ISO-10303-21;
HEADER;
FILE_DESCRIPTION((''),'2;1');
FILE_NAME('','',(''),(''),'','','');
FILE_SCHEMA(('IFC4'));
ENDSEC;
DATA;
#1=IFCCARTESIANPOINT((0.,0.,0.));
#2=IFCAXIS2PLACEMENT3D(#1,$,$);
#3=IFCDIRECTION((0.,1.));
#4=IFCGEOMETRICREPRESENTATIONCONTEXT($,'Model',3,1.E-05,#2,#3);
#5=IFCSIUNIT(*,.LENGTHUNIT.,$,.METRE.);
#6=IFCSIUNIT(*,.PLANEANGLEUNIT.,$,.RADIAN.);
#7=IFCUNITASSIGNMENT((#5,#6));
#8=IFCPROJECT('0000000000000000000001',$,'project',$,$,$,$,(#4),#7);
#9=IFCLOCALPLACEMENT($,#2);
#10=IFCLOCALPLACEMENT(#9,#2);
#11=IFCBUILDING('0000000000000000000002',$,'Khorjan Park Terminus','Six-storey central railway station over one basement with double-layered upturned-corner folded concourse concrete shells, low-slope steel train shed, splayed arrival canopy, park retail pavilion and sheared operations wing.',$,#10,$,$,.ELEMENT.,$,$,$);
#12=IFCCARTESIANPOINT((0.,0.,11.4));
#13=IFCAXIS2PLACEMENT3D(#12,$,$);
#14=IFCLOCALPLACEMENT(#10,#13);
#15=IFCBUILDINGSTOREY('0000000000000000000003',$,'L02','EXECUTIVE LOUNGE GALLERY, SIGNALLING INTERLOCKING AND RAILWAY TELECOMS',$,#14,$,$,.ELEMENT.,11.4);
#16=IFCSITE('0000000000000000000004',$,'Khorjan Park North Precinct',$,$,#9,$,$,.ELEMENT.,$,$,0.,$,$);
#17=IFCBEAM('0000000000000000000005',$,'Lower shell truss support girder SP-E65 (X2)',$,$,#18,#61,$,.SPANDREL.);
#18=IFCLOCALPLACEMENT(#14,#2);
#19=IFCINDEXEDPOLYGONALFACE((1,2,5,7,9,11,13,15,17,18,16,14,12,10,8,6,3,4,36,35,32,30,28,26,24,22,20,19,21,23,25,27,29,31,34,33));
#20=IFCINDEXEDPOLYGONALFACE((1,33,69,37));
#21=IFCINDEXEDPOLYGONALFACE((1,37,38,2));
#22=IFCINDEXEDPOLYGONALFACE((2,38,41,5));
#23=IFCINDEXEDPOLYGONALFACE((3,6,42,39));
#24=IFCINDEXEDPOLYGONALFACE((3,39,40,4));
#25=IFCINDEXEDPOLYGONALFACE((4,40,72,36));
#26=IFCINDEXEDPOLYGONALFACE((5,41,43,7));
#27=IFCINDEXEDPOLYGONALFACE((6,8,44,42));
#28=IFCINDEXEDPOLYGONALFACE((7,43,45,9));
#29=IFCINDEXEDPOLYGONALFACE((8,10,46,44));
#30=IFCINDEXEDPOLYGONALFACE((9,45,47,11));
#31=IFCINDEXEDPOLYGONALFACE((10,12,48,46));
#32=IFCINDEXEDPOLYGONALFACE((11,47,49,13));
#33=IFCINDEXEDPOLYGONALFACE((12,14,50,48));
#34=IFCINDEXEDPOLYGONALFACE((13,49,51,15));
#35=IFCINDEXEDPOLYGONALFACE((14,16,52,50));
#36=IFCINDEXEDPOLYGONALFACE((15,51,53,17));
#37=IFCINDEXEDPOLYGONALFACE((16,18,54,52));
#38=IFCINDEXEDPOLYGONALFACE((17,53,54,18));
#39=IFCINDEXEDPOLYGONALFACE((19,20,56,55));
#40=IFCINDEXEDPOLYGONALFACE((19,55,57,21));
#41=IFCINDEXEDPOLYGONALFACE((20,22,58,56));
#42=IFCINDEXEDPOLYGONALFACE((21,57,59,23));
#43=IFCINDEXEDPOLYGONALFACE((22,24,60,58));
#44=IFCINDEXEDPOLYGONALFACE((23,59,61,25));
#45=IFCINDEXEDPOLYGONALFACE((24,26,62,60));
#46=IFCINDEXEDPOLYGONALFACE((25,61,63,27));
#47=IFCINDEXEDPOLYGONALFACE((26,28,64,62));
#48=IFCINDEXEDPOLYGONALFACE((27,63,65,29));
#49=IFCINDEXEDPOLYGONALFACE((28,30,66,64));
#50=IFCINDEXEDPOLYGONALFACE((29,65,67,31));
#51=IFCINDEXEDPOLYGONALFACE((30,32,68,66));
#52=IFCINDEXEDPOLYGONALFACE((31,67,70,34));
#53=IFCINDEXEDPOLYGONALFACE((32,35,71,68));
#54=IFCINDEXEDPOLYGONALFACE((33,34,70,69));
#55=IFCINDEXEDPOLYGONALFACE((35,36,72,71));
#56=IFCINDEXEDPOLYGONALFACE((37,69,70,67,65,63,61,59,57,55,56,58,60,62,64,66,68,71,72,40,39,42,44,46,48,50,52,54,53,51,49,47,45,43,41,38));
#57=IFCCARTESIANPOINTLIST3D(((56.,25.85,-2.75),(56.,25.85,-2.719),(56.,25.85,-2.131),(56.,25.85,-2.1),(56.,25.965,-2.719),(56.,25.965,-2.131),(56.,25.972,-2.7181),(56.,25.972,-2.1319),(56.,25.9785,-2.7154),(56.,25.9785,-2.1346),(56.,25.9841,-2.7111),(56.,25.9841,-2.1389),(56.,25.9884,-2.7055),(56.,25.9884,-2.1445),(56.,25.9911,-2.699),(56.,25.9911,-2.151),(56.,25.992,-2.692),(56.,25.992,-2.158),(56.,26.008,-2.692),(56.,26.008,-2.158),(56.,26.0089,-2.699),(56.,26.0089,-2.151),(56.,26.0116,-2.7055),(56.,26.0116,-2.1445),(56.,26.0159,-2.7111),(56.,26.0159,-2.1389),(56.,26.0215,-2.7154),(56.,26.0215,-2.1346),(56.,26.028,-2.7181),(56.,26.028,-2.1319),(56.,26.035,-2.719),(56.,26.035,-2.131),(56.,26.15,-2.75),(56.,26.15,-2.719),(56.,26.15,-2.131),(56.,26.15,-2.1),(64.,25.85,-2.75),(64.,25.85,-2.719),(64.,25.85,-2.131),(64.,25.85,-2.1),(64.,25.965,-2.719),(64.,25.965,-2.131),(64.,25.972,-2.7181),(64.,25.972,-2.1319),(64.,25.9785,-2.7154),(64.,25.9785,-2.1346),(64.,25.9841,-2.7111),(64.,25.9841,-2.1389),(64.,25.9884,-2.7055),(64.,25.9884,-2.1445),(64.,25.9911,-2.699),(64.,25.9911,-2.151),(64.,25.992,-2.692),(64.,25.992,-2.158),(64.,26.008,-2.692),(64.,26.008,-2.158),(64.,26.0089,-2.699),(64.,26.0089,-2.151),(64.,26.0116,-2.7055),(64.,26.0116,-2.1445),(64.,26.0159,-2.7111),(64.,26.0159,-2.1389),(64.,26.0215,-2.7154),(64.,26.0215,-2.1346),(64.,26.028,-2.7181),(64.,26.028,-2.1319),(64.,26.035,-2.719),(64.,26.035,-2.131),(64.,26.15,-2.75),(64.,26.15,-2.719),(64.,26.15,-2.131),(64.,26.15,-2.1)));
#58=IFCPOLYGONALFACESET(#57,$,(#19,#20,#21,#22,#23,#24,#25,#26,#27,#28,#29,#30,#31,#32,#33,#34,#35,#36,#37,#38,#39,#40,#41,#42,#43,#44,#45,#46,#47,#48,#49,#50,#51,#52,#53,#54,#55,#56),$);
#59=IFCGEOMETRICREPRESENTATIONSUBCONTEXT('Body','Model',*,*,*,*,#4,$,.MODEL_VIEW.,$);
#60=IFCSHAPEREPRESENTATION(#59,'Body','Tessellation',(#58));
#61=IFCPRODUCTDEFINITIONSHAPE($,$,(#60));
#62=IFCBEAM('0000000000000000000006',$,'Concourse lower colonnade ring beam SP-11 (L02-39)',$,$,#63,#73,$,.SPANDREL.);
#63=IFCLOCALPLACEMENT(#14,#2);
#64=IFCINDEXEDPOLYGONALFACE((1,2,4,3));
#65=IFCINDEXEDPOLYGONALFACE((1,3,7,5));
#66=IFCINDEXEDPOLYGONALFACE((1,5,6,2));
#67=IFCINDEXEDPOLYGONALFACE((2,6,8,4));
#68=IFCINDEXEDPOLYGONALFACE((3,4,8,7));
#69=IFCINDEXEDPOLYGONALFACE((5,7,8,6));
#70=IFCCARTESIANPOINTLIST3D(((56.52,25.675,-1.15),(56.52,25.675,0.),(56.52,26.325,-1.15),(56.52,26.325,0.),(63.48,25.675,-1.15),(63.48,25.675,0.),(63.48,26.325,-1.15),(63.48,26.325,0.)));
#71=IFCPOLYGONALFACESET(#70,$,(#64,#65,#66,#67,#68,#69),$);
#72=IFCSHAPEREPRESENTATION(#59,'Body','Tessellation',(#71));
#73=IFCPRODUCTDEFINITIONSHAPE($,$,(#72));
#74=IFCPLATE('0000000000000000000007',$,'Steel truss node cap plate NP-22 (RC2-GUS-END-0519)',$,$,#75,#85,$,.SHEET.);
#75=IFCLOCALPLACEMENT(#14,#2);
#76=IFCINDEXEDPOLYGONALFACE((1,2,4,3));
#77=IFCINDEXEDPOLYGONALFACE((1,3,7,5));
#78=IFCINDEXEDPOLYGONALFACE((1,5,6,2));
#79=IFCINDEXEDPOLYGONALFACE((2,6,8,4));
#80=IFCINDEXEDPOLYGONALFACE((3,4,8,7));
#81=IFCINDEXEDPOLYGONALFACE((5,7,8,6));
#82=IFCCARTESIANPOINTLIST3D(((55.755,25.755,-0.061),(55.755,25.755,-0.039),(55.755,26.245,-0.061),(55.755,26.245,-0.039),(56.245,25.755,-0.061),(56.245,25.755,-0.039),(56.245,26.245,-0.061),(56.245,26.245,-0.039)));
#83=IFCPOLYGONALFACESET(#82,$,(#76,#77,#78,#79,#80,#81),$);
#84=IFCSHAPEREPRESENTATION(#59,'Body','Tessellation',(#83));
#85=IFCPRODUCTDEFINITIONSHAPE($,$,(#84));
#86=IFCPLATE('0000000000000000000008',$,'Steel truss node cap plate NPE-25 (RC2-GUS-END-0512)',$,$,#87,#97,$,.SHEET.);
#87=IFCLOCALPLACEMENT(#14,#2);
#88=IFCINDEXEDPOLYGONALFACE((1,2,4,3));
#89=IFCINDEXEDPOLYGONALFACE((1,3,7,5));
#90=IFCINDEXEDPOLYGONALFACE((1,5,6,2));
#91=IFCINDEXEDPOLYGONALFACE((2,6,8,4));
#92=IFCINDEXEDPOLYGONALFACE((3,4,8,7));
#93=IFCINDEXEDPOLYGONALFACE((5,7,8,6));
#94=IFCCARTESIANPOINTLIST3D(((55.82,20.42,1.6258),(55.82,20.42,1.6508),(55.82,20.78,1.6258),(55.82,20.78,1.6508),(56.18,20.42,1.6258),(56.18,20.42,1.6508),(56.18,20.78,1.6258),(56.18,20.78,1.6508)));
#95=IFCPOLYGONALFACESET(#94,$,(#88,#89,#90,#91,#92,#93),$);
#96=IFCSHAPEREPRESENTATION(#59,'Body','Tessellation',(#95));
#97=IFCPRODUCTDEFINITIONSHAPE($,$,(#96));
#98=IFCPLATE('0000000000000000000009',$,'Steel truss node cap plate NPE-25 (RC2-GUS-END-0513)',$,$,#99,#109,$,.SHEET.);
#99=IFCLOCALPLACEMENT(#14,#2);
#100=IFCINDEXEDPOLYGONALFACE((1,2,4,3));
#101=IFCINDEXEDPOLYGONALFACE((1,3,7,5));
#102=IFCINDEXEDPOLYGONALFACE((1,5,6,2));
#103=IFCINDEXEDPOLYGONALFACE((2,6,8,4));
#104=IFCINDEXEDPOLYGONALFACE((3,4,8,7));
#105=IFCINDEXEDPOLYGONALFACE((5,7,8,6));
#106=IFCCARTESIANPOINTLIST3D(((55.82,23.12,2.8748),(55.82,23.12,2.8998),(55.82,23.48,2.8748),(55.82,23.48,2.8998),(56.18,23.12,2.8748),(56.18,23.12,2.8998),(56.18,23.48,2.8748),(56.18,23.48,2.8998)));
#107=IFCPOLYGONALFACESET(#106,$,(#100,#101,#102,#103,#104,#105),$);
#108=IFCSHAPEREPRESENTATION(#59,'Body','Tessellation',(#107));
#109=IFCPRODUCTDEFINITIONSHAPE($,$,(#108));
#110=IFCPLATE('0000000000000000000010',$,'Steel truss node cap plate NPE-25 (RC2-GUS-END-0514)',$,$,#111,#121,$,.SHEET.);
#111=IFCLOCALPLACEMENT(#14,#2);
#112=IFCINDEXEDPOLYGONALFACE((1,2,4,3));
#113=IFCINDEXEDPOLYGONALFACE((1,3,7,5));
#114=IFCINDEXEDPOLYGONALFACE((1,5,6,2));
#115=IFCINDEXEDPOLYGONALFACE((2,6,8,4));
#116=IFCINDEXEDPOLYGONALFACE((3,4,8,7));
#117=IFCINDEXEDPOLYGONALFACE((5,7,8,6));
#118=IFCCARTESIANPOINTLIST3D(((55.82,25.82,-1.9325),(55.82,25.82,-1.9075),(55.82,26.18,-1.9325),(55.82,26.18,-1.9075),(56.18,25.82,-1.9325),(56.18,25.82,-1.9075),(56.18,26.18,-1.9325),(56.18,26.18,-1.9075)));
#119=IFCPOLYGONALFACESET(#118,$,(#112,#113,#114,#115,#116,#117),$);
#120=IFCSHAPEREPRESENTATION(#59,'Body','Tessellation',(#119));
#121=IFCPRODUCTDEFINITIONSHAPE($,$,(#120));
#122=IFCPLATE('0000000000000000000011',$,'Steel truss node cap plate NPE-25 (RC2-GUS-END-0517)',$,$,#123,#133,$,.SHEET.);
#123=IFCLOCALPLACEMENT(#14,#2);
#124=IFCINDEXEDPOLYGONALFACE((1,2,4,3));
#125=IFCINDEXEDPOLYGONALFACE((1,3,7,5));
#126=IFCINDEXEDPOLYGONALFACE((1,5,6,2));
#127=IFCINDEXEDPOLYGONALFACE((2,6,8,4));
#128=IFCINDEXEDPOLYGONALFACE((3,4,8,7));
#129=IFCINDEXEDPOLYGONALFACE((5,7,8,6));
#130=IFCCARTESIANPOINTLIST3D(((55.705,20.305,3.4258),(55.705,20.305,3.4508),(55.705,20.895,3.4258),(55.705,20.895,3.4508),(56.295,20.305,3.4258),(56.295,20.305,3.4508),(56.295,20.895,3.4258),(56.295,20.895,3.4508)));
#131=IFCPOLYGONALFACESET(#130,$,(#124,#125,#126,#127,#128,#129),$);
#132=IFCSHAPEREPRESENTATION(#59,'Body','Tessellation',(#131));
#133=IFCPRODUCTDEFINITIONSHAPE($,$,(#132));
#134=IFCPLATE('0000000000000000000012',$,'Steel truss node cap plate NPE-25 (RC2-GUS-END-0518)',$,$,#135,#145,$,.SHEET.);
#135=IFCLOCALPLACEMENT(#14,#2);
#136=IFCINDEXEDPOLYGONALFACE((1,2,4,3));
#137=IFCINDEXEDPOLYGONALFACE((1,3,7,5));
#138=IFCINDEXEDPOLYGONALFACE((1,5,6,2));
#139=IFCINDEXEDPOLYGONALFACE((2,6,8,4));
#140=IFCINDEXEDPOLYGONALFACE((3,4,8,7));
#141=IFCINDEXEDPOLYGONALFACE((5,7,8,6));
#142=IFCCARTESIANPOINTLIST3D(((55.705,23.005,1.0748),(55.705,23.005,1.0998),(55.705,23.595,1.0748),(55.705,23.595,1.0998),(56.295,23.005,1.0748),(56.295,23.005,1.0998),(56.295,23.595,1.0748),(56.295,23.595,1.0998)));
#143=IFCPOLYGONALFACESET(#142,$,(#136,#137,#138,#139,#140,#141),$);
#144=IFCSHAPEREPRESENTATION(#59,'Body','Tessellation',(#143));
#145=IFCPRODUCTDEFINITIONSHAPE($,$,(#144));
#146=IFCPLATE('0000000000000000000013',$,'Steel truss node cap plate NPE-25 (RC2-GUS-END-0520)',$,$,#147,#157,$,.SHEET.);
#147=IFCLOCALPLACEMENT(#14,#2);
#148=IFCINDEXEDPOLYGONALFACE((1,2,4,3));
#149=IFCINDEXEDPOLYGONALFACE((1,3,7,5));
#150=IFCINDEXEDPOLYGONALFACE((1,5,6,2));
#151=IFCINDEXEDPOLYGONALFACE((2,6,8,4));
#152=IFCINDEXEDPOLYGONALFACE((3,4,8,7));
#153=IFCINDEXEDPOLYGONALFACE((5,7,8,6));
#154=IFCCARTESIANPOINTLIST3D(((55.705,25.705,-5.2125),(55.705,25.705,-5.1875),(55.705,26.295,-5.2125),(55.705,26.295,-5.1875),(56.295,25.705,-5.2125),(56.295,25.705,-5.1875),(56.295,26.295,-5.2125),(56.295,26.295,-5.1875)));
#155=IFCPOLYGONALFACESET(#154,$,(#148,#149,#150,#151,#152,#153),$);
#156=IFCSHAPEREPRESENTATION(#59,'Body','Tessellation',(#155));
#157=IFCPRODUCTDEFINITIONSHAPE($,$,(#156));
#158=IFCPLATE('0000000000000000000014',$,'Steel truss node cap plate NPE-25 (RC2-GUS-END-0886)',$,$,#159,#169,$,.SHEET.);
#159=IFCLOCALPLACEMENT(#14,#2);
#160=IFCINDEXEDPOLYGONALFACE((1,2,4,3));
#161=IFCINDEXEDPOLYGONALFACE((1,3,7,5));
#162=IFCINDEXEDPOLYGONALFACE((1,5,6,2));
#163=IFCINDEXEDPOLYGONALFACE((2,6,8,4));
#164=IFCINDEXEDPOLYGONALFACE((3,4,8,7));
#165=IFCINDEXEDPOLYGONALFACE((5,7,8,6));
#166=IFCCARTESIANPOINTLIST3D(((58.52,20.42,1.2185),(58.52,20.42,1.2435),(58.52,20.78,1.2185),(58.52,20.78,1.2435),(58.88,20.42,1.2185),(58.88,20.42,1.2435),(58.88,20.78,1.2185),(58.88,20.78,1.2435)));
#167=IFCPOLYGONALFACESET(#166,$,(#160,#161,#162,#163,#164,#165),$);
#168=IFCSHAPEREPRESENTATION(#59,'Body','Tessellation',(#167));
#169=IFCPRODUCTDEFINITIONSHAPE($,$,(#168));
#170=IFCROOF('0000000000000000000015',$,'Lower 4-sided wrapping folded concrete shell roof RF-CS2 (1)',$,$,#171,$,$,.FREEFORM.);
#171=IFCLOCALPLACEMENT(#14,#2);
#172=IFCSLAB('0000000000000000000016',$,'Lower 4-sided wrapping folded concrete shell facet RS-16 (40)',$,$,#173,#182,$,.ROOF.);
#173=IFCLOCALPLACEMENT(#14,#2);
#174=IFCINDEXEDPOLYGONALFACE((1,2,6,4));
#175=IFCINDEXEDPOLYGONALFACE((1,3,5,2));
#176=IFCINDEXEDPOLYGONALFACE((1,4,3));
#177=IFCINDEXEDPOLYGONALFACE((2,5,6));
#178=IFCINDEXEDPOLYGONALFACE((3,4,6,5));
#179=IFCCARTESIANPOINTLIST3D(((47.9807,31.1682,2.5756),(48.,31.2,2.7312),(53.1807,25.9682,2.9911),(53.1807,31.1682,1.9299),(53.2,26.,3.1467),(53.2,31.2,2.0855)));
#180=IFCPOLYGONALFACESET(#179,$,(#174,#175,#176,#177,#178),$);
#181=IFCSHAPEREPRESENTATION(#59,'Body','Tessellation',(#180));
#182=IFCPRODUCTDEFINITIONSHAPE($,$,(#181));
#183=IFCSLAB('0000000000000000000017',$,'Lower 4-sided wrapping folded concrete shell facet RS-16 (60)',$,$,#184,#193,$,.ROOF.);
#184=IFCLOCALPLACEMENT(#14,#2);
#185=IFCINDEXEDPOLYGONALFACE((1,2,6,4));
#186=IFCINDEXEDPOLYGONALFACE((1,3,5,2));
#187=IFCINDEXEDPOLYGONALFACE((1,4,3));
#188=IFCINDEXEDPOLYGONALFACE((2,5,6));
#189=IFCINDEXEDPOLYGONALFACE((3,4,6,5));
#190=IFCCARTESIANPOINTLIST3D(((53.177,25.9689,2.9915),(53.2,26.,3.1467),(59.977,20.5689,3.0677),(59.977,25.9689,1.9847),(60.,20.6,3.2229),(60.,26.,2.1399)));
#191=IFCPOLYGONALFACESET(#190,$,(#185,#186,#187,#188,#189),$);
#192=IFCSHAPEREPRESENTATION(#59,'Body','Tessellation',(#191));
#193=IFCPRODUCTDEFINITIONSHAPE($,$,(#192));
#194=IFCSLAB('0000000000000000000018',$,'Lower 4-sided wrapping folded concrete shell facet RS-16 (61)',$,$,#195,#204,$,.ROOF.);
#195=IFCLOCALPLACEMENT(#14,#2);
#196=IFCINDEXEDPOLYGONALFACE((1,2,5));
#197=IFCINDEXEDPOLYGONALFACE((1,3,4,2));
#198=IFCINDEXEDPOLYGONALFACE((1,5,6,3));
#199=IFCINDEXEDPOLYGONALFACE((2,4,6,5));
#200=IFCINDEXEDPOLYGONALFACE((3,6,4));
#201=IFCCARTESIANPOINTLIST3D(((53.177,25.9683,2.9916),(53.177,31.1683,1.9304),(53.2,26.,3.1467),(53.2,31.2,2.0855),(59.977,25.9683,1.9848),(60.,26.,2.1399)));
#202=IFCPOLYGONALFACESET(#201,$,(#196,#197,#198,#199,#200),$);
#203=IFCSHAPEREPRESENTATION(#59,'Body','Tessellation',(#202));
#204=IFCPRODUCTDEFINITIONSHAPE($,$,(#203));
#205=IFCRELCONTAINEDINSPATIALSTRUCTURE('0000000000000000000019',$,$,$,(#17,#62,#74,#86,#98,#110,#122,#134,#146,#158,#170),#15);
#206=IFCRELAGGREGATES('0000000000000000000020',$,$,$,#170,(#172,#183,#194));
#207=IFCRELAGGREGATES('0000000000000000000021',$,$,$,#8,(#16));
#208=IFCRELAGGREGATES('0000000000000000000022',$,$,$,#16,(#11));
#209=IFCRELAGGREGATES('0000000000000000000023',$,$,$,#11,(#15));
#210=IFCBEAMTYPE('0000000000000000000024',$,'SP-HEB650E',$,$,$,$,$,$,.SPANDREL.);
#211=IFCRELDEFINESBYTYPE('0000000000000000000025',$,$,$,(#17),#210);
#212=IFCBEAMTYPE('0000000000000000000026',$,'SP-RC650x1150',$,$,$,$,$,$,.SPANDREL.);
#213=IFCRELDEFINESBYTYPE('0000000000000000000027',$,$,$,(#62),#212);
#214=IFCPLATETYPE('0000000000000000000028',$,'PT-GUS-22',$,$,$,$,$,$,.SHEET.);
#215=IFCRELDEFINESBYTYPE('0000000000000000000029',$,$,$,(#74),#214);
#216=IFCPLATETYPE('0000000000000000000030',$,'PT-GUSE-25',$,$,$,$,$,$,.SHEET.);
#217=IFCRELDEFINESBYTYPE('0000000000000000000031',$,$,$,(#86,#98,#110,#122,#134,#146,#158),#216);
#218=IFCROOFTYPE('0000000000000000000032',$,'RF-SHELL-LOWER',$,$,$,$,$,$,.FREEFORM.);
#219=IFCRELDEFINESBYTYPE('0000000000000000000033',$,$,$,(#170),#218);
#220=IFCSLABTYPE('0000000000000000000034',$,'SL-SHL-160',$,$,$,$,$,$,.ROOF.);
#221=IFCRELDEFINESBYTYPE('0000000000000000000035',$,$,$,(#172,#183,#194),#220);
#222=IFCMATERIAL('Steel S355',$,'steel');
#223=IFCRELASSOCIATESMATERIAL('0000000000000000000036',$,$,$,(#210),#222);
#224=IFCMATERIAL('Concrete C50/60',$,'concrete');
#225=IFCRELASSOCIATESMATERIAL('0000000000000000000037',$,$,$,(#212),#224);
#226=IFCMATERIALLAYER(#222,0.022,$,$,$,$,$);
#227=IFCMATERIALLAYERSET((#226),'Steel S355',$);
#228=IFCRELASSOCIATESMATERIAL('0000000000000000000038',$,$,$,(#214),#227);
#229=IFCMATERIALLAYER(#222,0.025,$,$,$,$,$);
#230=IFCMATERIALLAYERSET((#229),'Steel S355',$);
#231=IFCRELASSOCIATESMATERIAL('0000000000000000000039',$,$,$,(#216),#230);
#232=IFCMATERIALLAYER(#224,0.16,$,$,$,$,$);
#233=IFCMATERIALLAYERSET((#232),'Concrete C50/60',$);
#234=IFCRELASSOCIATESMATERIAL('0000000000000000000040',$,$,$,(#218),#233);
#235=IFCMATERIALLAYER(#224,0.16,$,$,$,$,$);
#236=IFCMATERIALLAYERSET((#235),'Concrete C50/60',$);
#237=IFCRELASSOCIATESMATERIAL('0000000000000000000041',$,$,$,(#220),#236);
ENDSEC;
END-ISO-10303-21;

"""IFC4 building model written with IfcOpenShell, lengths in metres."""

from ifc_helpers import new_model, si_unit, direction, frame, origin, origin_2d, place, context, subcontext, project, spatial, polyline, rectangle, i_section, outline, extrude, material, layer, layer_set, material_profile, profile_set, type_object, element, aggregate, save


model = new_model("IFC4")

# Units and contexts
model_context = context("Model", 3, precision=1e-05, world=origin(), true_north=direction((0.0, 1.0)))
body_context = subcontext(model_context, "Body", "Model", "MODEL_VIEW")
ifc_project = project(units=[si_unit("LENGTHUNIT", "METRE"), si_unit("PLANEANGLEUNIT", "RADIAN")], contexts=[model_context])

# Site, building, storey
site_placement = place(None, origin())
site = spatial("IfcSite", under=ifc_project, at=site_placement, Name="Khorjan Park North Precinct", CompositionType="ELEMENT", RefElevation=0.0)
building_placement = place(site_placement, origin())
building = spatial("IfcBuilding", under=site, at=building_placement, Name="Khorjan Park Terminus", Description="Six-storey central railway station over one basement with double-layered upturned-corner folded concourse concrete shells, low-slope steel train shed, splayed arrival canopy, park retail pavilion and sheared operations wing.", CompositionType="ELEMENT")
storey_placement = place(building_placement, frame((0.0, 0.0, 11.4)))
storey = spatial("IfcBuildingStorey", under=building, at=storey_placement, Name="L02", Description="EXECUTIVE LOUNGE GALLERY, SIGNALLING INTERLOCKING AND RAILWAY TELECOMS", CompositionType="ELEMENT", Elevation=11.4)

# Shared definitions
ifc_material_1 = material(Name="Concrete C50/60", Category="concrete")

# Shared definitions
ifc_material_2 = material(Name="Steel S355", Category="steel")

# Beams
ifc_material_profile_1 = material_profile(ifc_material_2, i_section(OverallWidth=0.3, OverallDepth=0.65, WebThickness=0.016, FlangeThickness=0.031, FilletRadius=0.027, at=origin_2d()), Name="HEB 650")
ifc_profile_set_1 = profile_set([ifc_material_profile_1], Name="Steel S355")
beam_type_1 = type_object("IfcBeamType", Name="SP-HEB650E", PredefinedType="SPANDREL", material=ifc_profile_set_1)
beam_1_placement = place(storey_placement, frame((56.0, 26.0, -2.425), z_axis=(1.0, 0.0, 0.0), x_axis=(0.0, 1.0, 0.0)))
element("IfcBeam", 1, at=beam_1_placement, inside=storey, type_object=beam_type_1, Name="Lower shell truss support girder SP-E65 (X2)", PredefinedType="SPANDREL", context=body_context, shape_type="SweptSolid", body=[
    extrude(i_section(OverallWidth=0.3, OverallDepth=0.65, WebThickness=0.016, FlangeThickness=0.031, FilletRadius=0.027, at=origin_2d()), origin(), (0.0, 0.0, 1.0), 8.0),
])
ifc_material_profile_2 = material_profile(ifc_material_1, rectangle(XDim=0.65, YDim=1.15, at=origin_2d()), Name="RC 650x1150")
ifc_profile_set_2 = profile_set([ifc_material_profile_2], Name="Concrete C50/60")
beam_type_2 = type_object("IfcBeamType", Name="SP-RC650x1150", PredefinedType="SPANDREL", material=ifc_profile_set_2)
beam_2_placement = place(storey_placement, frame((56.52, 26.0, -0.575), z_axis=(1.0, 0.0, 0.0), x_axis=(0.0, 1.0, 0.0)))
element("IfcBeam", 2, at=beam_2_placement, inside=storey, type_object=beam_type_2, Name="Concourse lower colonnade ring beam SP-11 (L02-39)", PredefinedType="SPANDREL", context=body_context, shape_type="SweptSolid", body=[
    extrude(rectangle(XDim=0.65, YDim=1.15, at=origin_2d()), origin(), (0.0, 0.0, 1.0), 6.96),
])

# Plates
ifc_layer_1 = layer(ifc_material_2, 0.022)
ifc_layer_set_1 = layer_set([ifc_layer_1], Name="Steel S355")
plate_type_1 = type_object("IfcPlateType", Name="PT-GUS-22", PredefinedType="SHEET", material=ifc_layer_set_1)
plate_1_placement = place(storey_placement, frame((56.0, 26.0, -0.061), z_axis=(0.0, 0.0, 1.0), x_axis=(1.0, 0.0, 0.0)))
element("IfcPlate", 3, at=plate_1_placement, inside=storey, type_object=plate_type_1, Name="Steel truss node cap plate NP-22 (RC2-GUS-END-0519)", PredefinedType="SHEET", context=body_context, shape_type="SweptSolid", body=[
    extrude(rectangle(XDim=0.49, YDim=0.49, at=origin_2d()), origin(), (0.0, 0.0, 1.0), 0.022),
])
ifc_layer_2 = layer(ifc_material_2, 0.025)
ifc_layer_set_2 = layer_set([ifc_layer_2], Name="Steel S355")
plate_type_2 = type_object("IfcPlateType", Name="PT-GUSE-25", PredefinedType="SHEET", material=ifc_layer_set_2)
for number, where, z_axis, x_axis, name in (
    (4, (56.0, 20.6, 1.6258), (0.0, 0.0, 1.0), (1.0, 0.0, 0.0), "Steel truss node cap plate NPE-25 (RC2-GUS-END-0512)"),
    (5, (56.0, 23.3, 2.8748), (0.0, 0.0, 1.0), (1.0, 0.0, 0.0), "Steel truss node cap plate NPE-25 (RC2-GUS-END-0513)"),
    (6, (56.0, 26.0, -1.9325), (0.0, 0.0, 1.0), (1.0, 0.0, 0.0), "Steel truss node cap plate NPE-25 (RC2-GUS-END-0514)"),
):
    element("IfcPlate", number, at=place(storey_placement, frame(where, z_axis=z_axis, x_axis=x_axis)), inside=storey, type_object=plate_type_2, Name=name, PredefinedType="SHEET", context=body_context, shape_type="SweptSolid", body=[
        extrude(rectangle(XDim=0.36, YDim=0.36, at=origin_2d()), origin(), (0.0, 0.0, 1.0), 0.025),
    ])
for number, where, z_axis, x_axis, name in (
    (7, (56.0, 20.6, 3.4258), (0.0, 0.0, 1.0), (1.0, 0.0, 0.0), "Steel truss node cap plate NPE-25 (RC2-GUS-END-0517)"),
    (8, (56.0, 23.3, 1.0748), (0.0, 0.0, 1.0), (1.0, 0.0, 0.0), "Steel truss node cap plate NPE-25 (RC2-GUS-END-0518)"),
    (9, (56.0, 26.0, -5.2125), (0.0, 0.0, 1.0), (1.0, 0.0, 0.0), "Steel truss node cap plate NPE-25 (RC2-GUS-END-0520)"),
):
    element("IfcPlate", number, at=place(storey_placement, frame(where, z_axis=z_axis, x_axis=x_axis)), inside=storey, type_object=plate_type_2, Name=name, PredefinedType="SHEET", context=body_context, shape_type="SweptSolid", body=[
        extrude(rectangle(XDim=0.59, YDim=0.59, at=origin_2d()), origin(), (0.0, 0.0, 1.0), 0.025),
    ])
plate_2_placement = place(storey_placement, frame((58.7, 20.6, 1.2185), z_axis=(0.0, 0.0, 1.0), x_axis=(1.0, 0.0, 0.0)))
element("IfcPlate", 10, at=plate_2_placement, inside=storey, type_object=plate_type_2, Name="Steel truss node cap plate NPE-25 (RC2-GUS-END-0886)", PredefinedType="SHEET", context=body_context, shape_type="SweptSolid", body=[
    extrude(rectangle(XDim=0.36, YDim=0.36, at=origin_2d()), origin(), (0.0, 0.0, 1.0), 0.025),
])

# Roof, slabs
ifc_layer_3 = layer(ifc_material_1, 0.16)
ifc_layer_set_3 = layer_set([ifc_layer_3], Name="Concrete C50/60")
roof_type = type_object("IfcRoofType", Name="RF-SHELL-LOWER", PredefinedType="FREEFORM", material=ifc_layer_set_3)
roof_1_placement = place(storey_placement, origin())
roof_1 = element("IfcRoof", 11, at=roof_1_placement, inside=storey, type_object=roof_type, Name="Lower 4-sided wrapping folded concrete shell roof RF-CS2 (1)", PredefinedType="FREEFORM")
ifc_layer_4 = layer(ifc_material_1, 0.16)
ifc_layer_set_4 = layer_set([ifc_layer_4], Name="Concrete C50/60")
slab_type = type_object("IfcSlabType", Name="SL-SHL-160", PredefinedType="ROOF", material=ifc_layer_set_4)
slab_1_placement = place(storey_placement, frame((53.2, 26.0, 3.1467), z_axis=(0.120775, 0.198492, 0.972633), x_axis=(0.0, 0.979805, -0.199956)))
slab_1 = element("IfcSlab", 12, at=slab_1_placement, type_object=slab_type, Name="Lower 4-sided wrapping folded concrete shell facet RS-16 (40)", PredefinedType="ROOF", context=body_context, shape_type="SweptSolid", body=[
    extrude(outline(polyline([(0.0, 0.0), (5.3072, 0.0), (5.1781, 5.2383), (0.0, 0.0)])), origin(), (0.0, 0.0, -1.0), 0.16),
])
slab_2_placement = place(storey_placement, frame((60.0, 20.6, 3.2229), z_axis=(0.143662, 0.1946, 0.970305), x_axis=(0.0, 0.980476, -0.19664)))
slab_2 = element("IfcSlab", 13, at=slab_2_placement, type_object=slab_type, Name="Lower 4-sided wrapping folded concrete shell facet RS-16 (60)", PredefinedType="ROOF", context=body_context, shape_type="SweptSolid", body=[
    extrude(outline(polyline([(0.0, 0.0), (5.5075, 0.0), (5.3096, 6.8713), (0.0, 0.0)])), origin(), (0.0, 0.0, -1.0), 0.16),
])
slab_3_placement = place(storey_placement, frame((53.2, 26.0, 3.1467), z_axis=(0.143566, 0.197884, 0.969655), x_axis=(0.989216, 0.0, -0.146462)))
slab_3 = element("IfcSlab", 14, at=slab_3_placement, type_object=slab_type, Name="Lower 4-sided wrapping folded concrete shell facet RS-16 (61)", PredefinedType="ROOF", context=body_context, shape_type="SweptSolid", body=[
    extrude(outline(polyline([(0.0, 0.0), (6.8741, 0.0), (0.1554, 5.3049), (0.0, 0.0)])), origin(), (0.0, 0.0, -1.0), 0.16),
])
aggregate(roof_1, [slab_1, slab_2, slab_3])

save(model, "model.ifc")
